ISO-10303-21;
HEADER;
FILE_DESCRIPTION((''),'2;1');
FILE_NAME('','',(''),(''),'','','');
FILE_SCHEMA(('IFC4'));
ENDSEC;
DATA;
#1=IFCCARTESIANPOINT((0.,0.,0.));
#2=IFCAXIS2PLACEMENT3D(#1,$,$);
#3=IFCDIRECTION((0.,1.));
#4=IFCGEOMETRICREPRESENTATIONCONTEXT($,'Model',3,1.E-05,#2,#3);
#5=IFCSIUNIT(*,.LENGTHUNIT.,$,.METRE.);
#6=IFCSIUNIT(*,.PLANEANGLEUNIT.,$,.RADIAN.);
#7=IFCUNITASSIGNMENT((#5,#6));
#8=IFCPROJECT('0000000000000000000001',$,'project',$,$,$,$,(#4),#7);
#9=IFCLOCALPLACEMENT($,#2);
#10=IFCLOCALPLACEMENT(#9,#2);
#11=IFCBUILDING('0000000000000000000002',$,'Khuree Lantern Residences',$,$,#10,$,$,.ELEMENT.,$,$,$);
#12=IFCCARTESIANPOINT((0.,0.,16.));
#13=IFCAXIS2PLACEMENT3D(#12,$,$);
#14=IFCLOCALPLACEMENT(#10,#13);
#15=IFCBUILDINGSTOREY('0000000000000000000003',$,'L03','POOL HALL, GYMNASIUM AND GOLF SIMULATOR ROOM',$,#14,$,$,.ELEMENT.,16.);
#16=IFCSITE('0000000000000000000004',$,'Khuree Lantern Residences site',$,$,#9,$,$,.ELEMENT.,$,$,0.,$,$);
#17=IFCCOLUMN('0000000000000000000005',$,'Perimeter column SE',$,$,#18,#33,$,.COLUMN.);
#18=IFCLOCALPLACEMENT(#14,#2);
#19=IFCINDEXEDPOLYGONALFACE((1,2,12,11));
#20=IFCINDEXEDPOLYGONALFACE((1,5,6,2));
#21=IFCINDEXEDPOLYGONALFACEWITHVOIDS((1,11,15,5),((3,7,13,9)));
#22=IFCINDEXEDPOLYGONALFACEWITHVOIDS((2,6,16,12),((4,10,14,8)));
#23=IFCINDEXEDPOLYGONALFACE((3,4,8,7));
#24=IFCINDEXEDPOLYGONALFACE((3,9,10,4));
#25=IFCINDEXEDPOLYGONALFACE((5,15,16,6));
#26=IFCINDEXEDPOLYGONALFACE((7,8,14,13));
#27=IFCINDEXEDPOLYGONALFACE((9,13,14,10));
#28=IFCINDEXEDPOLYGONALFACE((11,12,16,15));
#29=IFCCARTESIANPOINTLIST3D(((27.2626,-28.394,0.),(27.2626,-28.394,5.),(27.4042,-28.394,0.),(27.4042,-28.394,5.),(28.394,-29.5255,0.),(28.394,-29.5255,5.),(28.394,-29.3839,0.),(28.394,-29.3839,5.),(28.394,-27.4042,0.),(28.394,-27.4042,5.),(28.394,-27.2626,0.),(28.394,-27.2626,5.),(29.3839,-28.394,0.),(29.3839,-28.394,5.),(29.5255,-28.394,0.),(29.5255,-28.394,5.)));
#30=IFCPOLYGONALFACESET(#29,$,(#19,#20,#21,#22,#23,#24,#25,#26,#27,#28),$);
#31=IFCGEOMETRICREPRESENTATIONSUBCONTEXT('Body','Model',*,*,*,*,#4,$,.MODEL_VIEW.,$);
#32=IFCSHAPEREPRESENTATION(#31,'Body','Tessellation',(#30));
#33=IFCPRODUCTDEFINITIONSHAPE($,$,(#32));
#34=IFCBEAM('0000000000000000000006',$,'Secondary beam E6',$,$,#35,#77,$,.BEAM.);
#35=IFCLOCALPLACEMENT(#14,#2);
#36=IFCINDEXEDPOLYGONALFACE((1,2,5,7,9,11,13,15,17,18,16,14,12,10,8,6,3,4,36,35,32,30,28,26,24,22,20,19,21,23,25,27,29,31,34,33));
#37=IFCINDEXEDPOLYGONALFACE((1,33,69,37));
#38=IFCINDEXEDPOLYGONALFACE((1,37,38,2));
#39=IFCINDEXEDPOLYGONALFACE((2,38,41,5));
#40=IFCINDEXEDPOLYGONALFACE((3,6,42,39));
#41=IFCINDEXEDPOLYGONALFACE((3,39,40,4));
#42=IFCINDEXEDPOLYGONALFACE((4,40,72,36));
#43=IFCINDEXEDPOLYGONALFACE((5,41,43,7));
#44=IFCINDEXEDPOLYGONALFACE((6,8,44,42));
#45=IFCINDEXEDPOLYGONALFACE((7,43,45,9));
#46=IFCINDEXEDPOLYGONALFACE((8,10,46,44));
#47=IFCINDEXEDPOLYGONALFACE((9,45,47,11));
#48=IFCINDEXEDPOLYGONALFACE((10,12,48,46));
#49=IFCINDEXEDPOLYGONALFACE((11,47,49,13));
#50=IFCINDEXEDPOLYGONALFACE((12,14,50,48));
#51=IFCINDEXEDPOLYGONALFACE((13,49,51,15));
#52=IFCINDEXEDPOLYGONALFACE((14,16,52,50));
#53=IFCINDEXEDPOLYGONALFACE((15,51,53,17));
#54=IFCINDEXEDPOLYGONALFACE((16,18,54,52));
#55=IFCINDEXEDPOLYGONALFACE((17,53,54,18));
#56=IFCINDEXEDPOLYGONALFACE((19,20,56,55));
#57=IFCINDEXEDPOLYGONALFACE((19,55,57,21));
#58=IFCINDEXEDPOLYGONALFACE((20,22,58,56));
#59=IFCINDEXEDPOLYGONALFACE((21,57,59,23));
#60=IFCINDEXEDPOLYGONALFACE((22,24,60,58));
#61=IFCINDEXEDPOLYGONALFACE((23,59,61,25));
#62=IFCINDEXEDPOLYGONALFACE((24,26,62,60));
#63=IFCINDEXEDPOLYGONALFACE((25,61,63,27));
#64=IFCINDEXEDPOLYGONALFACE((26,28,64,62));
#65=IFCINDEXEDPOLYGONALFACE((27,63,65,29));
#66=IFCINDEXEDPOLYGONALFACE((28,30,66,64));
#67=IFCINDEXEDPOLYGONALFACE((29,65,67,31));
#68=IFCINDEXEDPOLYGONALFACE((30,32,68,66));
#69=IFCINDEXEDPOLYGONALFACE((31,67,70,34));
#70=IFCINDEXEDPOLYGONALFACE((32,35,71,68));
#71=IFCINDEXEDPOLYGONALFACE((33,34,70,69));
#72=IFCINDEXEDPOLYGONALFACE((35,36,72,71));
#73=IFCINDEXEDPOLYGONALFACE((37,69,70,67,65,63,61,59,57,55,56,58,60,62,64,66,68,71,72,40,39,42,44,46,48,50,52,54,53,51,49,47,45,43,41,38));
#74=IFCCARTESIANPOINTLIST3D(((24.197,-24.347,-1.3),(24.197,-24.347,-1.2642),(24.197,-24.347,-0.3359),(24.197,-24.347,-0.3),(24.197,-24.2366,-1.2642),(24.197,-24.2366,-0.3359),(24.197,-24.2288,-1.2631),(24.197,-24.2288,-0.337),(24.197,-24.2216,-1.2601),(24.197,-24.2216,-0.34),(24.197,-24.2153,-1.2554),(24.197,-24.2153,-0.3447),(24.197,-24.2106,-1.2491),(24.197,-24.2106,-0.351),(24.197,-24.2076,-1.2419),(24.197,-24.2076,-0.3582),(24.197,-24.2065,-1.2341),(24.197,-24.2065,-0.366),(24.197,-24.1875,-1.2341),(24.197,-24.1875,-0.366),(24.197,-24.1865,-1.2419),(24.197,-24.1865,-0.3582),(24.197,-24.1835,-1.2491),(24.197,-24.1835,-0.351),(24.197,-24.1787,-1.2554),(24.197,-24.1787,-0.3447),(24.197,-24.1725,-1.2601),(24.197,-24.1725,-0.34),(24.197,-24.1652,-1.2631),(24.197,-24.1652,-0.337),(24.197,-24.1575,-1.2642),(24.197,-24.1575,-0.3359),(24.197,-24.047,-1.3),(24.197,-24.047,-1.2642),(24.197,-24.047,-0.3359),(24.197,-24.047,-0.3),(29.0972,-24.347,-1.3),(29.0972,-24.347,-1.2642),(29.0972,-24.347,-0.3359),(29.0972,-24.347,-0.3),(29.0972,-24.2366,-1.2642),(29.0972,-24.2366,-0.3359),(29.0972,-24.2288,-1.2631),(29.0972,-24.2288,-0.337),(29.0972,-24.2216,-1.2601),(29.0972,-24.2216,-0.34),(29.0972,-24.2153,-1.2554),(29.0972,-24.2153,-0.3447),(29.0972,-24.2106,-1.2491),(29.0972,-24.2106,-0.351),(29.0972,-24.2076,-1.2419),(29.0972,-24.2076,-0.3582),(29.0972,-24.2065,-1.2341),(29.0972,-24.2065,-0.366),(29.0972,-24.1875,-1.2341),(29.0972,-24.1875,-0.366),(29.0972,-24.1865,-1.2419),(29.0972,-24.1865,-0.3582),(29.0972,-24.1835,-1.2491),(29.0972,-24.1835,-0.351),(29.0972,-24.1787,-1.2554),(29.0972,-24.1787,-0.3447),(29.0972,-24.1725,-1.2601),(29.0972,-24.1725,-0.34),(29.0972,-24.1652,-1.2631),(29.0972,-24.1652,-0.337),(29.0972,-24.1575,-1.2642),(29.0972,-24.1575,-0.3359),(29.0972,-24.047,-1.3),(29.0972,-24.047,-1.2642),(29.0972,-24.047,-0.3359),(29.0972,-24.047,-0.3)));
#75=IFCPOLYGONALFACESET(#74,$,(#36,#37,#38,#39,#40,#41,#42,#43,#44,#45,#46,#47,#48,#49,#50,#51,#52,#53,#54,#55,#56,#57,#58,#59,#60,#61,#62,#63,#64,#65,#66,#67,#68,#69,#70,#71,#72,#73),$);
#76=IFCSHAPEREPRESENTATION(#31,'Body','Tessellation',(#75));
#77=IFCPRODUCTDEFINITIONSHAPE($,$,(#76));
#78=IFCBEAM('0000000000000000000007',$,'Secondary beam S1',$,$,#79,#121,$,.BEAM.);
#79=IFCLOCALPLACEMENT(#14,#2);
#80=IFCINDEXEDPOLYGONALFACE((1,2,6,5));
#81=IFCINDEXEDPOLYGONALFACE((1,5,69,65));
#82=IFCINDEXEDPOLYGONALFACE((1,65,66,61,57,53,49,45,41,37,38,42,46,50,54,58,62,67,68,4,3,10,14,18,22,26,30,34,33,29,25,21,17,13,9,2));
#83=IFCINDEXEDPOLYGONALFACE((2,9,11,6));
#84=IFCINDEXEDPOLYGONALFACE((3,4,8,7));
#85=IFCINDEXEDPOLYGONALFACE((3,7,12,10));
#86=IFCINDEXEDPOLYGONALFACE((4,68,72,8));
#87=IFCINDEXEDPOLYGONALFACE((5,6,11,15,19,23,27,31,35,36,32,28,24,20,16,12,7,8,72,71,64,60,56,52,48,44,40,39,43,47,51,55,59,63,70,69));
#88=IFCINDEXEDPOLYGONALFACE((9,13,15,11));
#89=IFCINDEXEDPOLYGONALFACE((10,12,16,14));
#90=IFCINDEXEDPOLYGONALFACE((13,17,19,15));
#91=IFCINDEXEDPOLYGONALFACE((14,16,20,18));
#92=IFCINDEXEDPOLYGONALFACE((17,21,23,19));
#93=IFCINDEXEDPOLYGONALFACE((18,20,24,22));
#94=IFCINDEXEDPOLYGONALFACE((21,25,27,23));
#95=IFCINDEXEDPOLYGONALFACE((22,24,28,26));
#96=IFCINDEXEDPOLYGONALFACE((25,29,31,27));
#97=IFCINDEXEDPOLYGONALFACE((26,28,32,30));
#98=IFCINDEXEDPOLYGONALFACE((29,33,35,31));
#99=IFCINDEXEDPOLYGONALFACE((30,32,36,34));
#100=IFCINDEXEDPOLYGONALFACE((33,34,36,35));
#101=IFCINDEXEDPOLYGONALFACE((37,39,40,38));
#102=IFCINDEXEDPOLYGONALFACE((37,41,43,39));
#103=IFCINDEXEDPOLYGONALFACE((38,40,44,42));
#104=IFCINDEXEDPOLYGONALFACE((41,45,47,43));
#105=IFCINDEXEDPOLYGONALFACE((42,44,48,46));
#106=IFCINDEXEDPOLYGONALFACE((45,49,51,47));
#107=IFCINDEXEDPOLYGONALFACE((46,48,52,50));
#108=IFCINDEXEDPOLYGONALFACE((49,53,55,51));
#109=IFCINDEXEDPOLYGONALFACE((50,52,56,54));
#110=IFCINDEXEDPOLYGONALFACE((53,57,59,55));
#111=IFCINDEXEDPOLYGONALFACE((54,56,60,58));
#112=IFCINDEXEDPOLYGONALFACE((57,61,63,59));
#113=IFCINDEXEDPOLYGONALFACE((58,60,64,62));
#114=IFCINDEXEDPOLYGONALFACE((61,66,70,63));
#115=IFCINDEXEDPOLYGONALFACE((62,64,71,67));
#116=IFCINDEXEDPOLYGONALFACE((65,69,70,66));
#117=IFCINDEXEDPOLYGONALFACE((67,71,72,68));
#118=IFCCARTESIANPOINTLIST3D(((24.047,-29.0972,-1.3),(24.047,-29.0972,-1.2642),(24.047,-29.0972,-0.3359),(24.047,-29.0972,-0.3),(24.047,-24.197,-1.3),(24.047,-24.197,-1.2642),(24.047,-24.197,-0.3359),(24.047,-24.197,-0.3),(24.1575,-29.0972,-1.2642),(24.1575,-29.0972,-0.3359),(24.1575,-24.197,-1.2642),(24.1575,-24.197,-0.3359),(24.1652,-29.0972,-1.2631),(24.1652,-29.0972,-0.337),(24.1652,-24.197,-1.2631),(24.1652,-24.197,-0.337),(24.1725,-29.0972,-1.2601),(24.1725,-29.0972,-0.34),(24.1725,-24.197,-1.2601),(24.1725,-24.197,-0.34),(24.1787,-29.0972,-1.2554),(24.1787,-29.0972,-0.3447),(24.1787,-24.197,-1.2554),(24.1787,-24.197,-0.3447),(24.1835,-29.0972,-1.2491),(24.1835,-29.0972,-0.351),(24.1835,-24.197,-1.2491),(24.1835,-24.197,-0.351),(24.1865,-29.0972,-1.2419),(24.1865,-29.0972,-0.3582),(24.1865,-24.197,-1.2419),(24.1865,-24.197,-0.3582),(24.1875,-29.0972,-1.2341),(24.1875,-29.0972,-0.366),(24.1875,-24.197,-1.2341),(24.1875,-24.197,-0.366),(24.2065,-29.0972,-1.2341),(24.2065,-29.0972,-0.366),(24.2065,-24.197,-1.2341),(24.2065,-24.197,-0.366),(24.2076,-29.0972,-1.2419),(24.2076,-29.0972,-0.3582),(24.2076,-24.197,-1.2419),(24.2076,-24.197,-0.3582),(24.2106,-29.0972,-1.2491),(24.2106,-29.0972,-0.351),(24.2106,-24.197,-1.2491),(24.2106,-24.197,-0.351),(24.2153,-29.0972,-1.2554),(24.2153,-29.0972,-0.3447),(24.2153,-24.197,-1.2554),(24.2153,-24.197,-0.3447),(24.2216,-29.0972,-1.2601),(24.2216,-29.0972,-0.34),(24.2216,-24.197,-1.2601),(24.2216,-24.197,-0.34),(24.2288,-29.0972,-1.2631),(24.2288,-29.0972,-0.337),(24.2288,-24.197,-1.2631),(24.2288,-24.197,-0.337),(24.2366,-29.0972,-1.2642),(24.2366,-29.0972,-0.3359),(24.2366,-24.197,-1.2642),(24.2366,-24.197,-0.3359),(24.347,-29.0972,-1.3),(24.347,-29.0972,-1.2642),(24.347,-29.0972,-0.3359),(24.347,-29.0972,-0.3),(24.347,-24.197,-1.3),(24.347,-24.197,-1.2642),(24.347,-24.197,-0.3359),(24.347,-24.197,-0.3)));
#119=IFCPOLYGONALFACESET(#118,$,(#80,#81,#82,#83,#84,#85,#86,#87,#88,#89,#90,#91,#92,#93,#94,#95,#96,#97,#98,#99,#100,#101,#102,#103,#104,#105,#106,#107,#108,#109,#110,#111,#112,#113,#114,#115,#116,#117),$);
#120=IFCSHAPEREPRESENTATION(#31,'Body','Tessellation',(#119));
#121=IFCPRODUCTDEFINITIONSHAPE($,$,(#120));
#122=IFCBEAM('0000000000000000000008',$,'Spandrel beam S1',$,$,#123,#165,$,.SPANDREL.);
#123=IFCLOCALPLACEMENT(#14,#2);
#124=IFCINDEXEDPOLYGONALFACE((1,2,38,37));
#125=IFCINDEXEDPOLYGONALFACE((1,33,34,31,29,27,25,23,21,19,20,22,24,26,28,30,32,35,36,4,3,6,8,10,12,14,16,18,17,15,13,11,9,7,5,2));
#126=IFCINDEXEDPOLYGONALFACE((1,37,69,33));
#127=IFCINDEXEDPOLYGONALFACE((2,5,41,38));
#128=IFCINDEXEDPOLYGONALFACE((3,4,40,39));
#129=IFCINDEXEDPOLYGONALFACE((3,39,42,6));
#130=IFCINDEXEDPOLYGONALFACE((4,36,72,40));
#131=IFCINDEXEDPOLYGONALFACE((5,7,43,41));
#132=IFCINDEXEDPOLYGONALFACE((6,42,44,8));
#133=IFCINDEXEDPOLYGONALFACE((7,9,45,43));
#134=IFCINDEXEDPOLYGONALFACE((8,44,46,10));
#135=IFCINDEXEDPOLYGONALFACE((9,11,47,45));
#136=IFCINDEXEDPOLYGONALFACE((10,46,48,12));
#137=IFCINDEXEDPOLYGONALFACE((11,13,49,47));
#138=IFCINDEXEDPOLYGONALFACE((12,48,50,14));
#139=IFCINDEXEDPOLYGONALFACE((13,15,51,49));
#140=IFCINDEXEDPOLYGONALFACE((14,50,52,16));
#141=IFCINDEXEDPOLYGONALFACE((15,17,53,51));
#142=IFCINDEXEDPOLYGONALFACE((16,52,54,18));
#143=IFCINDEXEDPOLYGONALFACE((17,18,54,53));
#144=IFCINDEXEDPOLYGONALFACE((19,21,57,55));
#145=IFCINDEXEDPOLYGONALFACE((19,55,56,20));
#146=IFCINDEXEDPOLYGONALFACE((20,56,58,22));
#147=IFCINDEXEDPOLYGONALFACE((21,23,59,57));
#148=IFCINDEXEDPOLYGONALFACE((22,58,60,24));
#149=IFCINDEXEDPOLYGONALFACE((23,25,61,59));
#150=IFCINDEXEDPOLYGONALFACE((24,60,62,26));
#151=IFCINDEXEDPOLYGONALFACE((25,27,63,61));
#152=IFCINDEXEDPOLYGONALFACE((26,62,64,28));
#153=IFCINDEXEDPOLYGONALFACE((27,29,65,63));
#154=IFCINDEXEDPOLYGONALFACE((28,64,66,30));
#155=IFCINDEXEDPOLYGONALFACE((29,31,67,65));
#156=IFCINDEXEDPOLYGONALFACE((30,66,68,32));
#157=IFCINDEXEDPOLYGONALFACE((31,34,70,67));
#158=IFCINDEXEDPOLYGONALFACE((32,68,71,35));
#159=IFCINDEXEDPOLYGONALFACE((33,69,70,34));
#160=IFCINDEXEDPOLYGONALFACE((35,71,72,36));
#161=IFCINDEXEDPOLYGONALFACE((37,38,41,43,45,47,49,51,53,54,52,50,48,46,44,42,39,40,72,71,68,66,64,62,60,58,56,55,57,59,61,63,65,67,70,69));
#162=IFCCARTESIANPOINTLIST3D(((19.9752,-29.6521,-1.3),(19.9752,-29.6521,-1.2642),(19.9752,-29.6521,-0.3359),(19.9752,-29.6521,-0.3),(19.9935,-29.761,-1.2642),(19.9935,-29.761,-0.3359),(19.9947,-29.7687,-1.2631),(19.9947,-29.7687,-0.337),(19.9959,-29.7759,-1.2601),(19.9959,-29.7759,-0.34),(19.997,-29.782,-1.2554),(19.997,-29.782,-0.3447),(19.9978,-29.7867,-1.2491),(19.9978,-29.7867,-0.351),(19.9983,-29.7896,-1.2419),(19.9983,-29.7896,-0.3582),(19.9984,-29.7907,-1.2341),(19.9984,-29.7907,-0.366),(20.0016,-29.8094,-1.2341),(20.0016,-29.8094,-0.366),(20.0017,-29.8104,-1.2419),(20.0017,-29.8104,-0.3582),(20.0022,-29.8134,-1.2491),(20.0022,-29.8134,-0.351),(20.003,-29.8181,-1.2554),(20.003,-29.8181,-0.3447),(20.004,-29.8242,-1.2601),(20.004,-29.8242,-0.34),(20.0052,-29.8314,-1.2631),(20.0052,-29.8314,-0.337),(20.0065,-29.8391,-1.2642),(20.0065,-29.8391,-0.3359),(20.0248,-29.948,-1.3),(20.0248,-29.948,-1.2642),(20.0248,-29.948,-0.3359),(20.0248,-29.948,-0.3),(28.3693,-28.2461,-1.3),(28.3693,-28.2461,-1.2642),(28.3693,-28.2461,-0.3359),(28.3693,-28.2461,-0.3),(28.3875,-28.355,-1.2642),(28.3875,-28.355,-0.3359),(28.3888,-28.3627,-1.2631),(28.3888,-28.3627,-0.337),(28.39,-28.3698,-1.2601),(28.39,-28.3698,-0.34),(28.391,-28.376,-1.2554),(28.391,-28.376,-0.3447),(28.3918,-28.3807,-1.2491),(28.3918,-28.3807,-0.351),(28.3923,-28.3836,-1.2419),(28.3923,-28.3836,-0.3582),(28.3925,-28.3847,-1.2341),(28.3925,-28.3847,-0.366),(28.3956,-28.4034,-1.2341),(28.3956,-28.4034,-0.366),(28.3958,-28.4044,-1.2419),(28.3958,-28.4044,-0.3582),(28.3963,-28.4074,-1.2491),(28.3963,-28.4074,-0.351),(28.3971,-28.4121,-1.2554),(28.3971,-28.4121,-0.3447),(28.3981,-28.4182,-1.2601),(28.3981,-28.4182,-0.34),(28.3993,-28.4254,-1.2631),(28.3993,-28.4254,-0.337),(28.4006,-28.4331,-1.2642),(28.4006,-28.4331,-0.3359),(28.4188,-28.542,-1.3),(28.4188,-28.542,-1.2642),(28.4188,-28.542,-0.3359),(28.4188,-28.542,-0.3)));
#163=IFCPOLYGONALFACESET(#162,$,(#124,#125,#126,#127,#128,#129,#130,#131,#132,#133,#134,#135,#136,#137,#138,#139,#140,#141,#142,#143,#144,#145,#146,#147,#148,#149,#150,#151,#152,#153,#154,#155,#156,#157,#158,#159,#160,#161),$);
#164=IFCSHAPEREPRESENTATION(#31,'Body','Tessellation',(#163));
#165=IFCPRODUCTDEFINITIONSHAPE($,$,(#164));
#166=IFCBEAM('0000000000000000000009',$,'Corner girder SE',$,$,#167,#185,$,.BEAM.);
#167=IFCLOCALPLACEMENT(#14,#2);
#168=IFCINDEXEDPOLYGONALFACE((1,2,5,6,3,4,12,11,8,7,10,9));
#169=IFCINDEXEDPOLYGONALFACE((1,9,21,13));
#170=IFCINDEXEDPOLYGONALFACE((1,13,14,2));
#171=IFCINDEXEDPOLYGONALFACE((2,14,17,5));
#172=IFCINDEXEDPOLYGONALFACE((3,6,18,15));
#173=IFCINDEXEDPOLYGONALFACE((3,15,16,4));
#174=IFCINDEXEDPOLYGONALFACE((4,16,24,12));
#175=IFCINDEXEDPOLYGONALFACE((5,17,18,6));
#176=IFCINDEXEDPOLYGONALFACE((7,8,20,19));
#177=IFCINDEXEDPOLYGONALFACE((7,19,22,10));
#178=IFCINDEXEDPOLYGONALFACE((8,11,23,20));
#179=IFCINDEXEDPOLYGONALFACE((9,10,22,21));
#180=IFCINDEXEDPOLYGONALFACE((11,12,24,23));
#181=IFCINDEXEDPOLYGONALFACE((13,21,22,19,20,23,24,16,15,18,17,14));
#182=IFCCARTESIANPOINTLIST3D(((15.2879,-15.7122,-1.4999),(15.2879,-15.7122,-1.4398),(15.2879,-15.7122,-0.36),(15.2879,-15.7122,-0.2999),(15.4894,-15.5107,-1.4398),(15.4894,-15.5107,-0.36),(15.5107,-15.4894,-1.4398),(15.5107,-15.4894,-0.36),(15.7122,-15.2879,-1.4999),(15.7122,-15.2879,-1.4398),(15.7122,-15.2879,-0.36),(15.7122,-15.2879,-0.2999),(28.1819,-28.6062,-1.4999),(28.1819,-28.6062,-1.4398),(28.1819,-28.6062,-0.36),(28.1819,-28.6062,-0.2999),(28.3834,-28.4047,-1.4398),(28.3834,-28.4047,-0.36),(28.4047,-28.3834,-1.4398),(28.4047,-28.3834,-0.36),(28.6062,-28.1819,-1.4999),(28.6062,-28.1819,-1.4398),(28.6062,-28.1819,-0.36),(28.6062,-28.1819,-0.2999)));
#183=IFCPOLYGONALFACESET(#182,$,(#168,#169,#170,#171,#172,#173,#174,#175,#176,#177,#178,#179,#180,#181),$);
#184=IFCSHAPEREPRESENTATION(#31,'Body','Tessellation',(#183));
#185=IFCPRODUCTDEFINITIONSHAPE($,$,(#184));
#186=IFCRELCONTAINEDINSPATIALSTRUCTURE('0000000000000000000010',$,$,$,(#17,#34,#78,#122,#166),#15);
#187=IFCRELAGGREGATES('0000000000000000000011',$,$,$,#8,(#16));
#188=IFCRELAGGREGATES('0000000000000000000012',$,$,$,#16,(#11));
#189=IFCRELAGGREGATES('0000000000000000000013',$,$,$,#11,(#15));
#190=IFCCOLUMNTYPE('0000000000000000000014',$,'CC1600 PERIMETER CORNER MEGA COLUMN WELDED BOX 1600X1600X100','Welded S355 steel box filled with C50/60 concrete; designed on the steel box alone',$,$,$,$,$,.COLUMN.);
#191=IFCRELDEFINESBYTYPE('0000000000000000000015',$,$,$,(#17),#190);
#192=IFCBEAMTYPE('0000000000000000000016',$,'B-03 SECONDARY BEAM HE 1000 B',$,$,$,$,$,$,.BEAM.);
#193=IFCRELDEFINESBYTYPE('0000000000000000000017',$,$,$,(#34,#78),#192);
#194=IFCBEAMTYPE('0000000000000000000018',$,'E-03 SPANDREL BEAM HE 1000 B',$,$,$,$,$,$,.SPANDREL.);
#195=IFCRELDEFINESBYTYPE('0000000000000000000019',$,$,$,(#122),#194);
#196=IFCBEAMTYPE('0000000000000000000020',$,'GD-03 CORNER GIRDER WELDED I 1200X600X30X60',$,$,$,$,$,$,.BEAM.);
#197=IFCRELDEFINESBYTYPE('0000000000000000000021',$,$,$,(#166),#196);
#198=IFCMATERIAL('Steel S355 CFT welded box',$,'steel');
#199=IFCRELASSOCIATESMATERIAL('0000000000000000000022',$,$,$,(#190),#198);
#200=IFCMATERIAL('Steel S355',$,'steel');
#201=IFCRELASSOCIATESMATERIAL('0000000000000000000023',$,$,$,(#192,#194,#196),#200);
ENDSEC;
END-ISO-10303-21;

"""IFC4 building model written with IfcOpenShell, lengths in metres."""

from ifc_helpers import new_model, si_unit, direction, frame, origin, origin_2d, place, context, subcontext, project, spatial, hollow_rectangle, i_section, extrude, material, material_profile, profile_set, type_object, element, save


model = new_model("IFC4")

# Units and contexts
model_context = context("Model", 3, precision=1e-05, world=origin(), true_north=direction((0.0, 1.0)))
body_context = subcontext(model_context, "Body", "Model", "MODEL_VIEW")
ifc_project = project(units=[si_unit("LENGTHUNIT", "METRE"), si_unit("PLANEANGLEUNIT", "RADIAN")], contexts=[model_context])

# Site, building, storey
site_placement = place(None, origin())
site = spatial("IfcSite", under=ifc_project, at=site_placement, Name="Khuree Lantern Residences site", CompositionType="ELEMENT", RefElevation=0.0)
building_placement = place(site_placement, origin())
building = spatial("IfcBuilding", under=site, at=building_placement, Name="Khuree Lantern Residences", CompositionType="ELEMENT")
storey_placement = place(building_placement, frame((0.0, 0.0, 16.0)))
storey = spatial("IfcBuildingStorey", under=building, at=storey_placement, Name="L03", Description="POOL HALL, GYMNASIUM AND GOLF SIMULATOR ROOM", CompositionType="ELEMENT", Elevation=16.0)

# Column
ifc_material_1 = material(Name="Steel S355 CFT welded box", Category="steel")
ifc_material_profile_1 = material_profile(ifc_material_1, hollow_rectangle(XDim=1.6001, YDim=1.6001, WallThickness=0.1001, at=origin_2d()), Name="WELDED BOX 1600X1600X100")
ifc_profile_set_1 = profile_set([ifc_material_profile_1], Name="Steel S355 CFT welded box")
column_type = type_object("IfcColumnType", Name="CC1600 PERIMETER CORNER MEGA COLUMN WELDED BOX 1600X1600X100", Description="Welded S355 steel box filled with C50/60 concrete; designed on the steel box alone", PredefinedType="COLUMN", material=ifc_profile_set_1)
column_placement = place(storey_placement, frame((28.394, -28.394, 0.0), z_axis=(0.0, 0.0, 1.0), x_axis=(0.707107, 0.707107, 0.0)))
element("IfcColumn", 1, at=column_placement, inside=storey, type_object=column_type, Name="Perimeter column SE", PredefinedType="COLUMN", context=body_context, shape_type="SweptSolid", body=[
    extrude(hollow_rectangle(XDim=1.6001, YDim=1.6001, WallThickness=0.1001, at=origin_2d()), origin(), (0.0, 0.0, 1.0), 5.0),
])

# Beams
ifc_material_2 = material(Name="Steel S355", Category="steel")
ifc_material_profile_2 = material_profile(ifc_material_2, i_section(OverallWidth=0.3, OverallDepth=1.0, WebThickness=0.019, FlangeThickness=0.0359, FilletRadius=0.03, at=origin_2d()), Name="HE 1000 B")
ifc_profile_set_2 = profile_set([ifc_material_profile_2], Name="Steel S355")
beam_type_1 = type_object("IfcBeamType", Name="B-03 SECONDARY BEAM HE 1000 B", PredefinedType="BEAM", material=ifc_profile_set_2)
for number, where, z_axis, x_axis, name in (
    (2, (29.0972, -24.197, -0.8), (-1.0, 0.0, 0.0), (0.0, -1.0, 0.0), "Secondary beam E6"),
    (3, (24.197, -29.0972, -0.8), (0.0, 1.0, 0.0), (-1.0, 0.0, 0.0), "Secondary beam S1"),
):
    element("IfcBeam", number, at=place(storey_placement, frame(where, z_axis=z_axis, x_axis=x_axis)), inside=storey, type_object=beam_type_1, Name=name, PredefinedType="BEAM", context=body_context, shape_type="SweptSolid", body=[
        extrude(i_section(OverallWidth=0.3, OverallDepth=1.0, WebThickness=0.019, FlangeThickness=0.0359, FilletRadius=0.03, at=origin_2d()), origin(), (0.0, 0.0, 1.0), 4.9001),
    ])
ifc_material_profile_3 = material_profile(ifc_material_2, i_section(OverallWidth=0.3, OverallDepth=1.0, WebThickness=0.019, FlangeThickness=0.0359, FilletRadius=0.03, at=origin_2d()), Name="HE 1000 B")
ifc_profile_set_3 = profile_set([ifc_material_profile_3], Name="Steel S355")
beam_type_2 = type_object("IfcBeamType", Name="E-03 SPANDREL BEAM HE 1000 B", PredefinedType="SPANDREL", material=ifc_profile_set_3)
beam_1_placement = place(storey_placement, frame((28.394, -28.394, -0.8), z_axis=(-0.98626, -0.165199, 0.0), x_axis=(0.165199, -0.98626, 0.0)))
element("IfcBeam", 4, at=beam_1_placement, inside=storey, type_object=beam_type_2, Name="Spandrel beam S1", PredefinedType="SPANDREL", context=body_context, shape_type="SweptSolid", body=[
    extrude(i_section(OverallWidth=0.3, OverallDepth=1.0, WebThickness=0.019, FlangeThickness=0.0359, FilletRadius=0.03, at=origin_2d()), origin(), (0.0, 0.0, 1.0), 8.511),
])
ifc_material_profile_4 = material_profile(ifc_material_2, i_section(OverallWidth=0.6001, OverallDepth=1.2, WebThickness=0.03, FlangeThickness=0.0601, at=origin_2d()), Name="WELDED I 1200X600X30X60")
ifc_profile_set_4 = profile_set([ifc_material_profile_4], Name="Steel S355")
beam_type_3 = type_object("IfcBeamType", Name="GD-03 CORNER GIRDER WELDED I 1200X600X30X60", PredefinedType="BEAM", material=ifc_profile_set_4)
beam_2_placement = place(storey_placement, frame((28.394, -28.394, -0.8999), z_axis=(-0.707107, 0.707107, 0.0), x_axis=(-0.707107, -0.707107, 0.0)))
element("IfcBeam", 5, at=beam_2_placement, inside=storey, type_object=beam_type_3, Name="Corner girder SE", PredefinedType="BEAM", context=body_context, shape_type="SweptSolid", body=[
    extrude(i_section(OverallWidth=0.6001, OverallDepth=1.2, WebThickness=0.03, FlangeThickness=0.0601, at=origin_2d()), origin(), (0.0, 0.0, 1.0), 18.2349),
])

save(model, "model.ifc")
